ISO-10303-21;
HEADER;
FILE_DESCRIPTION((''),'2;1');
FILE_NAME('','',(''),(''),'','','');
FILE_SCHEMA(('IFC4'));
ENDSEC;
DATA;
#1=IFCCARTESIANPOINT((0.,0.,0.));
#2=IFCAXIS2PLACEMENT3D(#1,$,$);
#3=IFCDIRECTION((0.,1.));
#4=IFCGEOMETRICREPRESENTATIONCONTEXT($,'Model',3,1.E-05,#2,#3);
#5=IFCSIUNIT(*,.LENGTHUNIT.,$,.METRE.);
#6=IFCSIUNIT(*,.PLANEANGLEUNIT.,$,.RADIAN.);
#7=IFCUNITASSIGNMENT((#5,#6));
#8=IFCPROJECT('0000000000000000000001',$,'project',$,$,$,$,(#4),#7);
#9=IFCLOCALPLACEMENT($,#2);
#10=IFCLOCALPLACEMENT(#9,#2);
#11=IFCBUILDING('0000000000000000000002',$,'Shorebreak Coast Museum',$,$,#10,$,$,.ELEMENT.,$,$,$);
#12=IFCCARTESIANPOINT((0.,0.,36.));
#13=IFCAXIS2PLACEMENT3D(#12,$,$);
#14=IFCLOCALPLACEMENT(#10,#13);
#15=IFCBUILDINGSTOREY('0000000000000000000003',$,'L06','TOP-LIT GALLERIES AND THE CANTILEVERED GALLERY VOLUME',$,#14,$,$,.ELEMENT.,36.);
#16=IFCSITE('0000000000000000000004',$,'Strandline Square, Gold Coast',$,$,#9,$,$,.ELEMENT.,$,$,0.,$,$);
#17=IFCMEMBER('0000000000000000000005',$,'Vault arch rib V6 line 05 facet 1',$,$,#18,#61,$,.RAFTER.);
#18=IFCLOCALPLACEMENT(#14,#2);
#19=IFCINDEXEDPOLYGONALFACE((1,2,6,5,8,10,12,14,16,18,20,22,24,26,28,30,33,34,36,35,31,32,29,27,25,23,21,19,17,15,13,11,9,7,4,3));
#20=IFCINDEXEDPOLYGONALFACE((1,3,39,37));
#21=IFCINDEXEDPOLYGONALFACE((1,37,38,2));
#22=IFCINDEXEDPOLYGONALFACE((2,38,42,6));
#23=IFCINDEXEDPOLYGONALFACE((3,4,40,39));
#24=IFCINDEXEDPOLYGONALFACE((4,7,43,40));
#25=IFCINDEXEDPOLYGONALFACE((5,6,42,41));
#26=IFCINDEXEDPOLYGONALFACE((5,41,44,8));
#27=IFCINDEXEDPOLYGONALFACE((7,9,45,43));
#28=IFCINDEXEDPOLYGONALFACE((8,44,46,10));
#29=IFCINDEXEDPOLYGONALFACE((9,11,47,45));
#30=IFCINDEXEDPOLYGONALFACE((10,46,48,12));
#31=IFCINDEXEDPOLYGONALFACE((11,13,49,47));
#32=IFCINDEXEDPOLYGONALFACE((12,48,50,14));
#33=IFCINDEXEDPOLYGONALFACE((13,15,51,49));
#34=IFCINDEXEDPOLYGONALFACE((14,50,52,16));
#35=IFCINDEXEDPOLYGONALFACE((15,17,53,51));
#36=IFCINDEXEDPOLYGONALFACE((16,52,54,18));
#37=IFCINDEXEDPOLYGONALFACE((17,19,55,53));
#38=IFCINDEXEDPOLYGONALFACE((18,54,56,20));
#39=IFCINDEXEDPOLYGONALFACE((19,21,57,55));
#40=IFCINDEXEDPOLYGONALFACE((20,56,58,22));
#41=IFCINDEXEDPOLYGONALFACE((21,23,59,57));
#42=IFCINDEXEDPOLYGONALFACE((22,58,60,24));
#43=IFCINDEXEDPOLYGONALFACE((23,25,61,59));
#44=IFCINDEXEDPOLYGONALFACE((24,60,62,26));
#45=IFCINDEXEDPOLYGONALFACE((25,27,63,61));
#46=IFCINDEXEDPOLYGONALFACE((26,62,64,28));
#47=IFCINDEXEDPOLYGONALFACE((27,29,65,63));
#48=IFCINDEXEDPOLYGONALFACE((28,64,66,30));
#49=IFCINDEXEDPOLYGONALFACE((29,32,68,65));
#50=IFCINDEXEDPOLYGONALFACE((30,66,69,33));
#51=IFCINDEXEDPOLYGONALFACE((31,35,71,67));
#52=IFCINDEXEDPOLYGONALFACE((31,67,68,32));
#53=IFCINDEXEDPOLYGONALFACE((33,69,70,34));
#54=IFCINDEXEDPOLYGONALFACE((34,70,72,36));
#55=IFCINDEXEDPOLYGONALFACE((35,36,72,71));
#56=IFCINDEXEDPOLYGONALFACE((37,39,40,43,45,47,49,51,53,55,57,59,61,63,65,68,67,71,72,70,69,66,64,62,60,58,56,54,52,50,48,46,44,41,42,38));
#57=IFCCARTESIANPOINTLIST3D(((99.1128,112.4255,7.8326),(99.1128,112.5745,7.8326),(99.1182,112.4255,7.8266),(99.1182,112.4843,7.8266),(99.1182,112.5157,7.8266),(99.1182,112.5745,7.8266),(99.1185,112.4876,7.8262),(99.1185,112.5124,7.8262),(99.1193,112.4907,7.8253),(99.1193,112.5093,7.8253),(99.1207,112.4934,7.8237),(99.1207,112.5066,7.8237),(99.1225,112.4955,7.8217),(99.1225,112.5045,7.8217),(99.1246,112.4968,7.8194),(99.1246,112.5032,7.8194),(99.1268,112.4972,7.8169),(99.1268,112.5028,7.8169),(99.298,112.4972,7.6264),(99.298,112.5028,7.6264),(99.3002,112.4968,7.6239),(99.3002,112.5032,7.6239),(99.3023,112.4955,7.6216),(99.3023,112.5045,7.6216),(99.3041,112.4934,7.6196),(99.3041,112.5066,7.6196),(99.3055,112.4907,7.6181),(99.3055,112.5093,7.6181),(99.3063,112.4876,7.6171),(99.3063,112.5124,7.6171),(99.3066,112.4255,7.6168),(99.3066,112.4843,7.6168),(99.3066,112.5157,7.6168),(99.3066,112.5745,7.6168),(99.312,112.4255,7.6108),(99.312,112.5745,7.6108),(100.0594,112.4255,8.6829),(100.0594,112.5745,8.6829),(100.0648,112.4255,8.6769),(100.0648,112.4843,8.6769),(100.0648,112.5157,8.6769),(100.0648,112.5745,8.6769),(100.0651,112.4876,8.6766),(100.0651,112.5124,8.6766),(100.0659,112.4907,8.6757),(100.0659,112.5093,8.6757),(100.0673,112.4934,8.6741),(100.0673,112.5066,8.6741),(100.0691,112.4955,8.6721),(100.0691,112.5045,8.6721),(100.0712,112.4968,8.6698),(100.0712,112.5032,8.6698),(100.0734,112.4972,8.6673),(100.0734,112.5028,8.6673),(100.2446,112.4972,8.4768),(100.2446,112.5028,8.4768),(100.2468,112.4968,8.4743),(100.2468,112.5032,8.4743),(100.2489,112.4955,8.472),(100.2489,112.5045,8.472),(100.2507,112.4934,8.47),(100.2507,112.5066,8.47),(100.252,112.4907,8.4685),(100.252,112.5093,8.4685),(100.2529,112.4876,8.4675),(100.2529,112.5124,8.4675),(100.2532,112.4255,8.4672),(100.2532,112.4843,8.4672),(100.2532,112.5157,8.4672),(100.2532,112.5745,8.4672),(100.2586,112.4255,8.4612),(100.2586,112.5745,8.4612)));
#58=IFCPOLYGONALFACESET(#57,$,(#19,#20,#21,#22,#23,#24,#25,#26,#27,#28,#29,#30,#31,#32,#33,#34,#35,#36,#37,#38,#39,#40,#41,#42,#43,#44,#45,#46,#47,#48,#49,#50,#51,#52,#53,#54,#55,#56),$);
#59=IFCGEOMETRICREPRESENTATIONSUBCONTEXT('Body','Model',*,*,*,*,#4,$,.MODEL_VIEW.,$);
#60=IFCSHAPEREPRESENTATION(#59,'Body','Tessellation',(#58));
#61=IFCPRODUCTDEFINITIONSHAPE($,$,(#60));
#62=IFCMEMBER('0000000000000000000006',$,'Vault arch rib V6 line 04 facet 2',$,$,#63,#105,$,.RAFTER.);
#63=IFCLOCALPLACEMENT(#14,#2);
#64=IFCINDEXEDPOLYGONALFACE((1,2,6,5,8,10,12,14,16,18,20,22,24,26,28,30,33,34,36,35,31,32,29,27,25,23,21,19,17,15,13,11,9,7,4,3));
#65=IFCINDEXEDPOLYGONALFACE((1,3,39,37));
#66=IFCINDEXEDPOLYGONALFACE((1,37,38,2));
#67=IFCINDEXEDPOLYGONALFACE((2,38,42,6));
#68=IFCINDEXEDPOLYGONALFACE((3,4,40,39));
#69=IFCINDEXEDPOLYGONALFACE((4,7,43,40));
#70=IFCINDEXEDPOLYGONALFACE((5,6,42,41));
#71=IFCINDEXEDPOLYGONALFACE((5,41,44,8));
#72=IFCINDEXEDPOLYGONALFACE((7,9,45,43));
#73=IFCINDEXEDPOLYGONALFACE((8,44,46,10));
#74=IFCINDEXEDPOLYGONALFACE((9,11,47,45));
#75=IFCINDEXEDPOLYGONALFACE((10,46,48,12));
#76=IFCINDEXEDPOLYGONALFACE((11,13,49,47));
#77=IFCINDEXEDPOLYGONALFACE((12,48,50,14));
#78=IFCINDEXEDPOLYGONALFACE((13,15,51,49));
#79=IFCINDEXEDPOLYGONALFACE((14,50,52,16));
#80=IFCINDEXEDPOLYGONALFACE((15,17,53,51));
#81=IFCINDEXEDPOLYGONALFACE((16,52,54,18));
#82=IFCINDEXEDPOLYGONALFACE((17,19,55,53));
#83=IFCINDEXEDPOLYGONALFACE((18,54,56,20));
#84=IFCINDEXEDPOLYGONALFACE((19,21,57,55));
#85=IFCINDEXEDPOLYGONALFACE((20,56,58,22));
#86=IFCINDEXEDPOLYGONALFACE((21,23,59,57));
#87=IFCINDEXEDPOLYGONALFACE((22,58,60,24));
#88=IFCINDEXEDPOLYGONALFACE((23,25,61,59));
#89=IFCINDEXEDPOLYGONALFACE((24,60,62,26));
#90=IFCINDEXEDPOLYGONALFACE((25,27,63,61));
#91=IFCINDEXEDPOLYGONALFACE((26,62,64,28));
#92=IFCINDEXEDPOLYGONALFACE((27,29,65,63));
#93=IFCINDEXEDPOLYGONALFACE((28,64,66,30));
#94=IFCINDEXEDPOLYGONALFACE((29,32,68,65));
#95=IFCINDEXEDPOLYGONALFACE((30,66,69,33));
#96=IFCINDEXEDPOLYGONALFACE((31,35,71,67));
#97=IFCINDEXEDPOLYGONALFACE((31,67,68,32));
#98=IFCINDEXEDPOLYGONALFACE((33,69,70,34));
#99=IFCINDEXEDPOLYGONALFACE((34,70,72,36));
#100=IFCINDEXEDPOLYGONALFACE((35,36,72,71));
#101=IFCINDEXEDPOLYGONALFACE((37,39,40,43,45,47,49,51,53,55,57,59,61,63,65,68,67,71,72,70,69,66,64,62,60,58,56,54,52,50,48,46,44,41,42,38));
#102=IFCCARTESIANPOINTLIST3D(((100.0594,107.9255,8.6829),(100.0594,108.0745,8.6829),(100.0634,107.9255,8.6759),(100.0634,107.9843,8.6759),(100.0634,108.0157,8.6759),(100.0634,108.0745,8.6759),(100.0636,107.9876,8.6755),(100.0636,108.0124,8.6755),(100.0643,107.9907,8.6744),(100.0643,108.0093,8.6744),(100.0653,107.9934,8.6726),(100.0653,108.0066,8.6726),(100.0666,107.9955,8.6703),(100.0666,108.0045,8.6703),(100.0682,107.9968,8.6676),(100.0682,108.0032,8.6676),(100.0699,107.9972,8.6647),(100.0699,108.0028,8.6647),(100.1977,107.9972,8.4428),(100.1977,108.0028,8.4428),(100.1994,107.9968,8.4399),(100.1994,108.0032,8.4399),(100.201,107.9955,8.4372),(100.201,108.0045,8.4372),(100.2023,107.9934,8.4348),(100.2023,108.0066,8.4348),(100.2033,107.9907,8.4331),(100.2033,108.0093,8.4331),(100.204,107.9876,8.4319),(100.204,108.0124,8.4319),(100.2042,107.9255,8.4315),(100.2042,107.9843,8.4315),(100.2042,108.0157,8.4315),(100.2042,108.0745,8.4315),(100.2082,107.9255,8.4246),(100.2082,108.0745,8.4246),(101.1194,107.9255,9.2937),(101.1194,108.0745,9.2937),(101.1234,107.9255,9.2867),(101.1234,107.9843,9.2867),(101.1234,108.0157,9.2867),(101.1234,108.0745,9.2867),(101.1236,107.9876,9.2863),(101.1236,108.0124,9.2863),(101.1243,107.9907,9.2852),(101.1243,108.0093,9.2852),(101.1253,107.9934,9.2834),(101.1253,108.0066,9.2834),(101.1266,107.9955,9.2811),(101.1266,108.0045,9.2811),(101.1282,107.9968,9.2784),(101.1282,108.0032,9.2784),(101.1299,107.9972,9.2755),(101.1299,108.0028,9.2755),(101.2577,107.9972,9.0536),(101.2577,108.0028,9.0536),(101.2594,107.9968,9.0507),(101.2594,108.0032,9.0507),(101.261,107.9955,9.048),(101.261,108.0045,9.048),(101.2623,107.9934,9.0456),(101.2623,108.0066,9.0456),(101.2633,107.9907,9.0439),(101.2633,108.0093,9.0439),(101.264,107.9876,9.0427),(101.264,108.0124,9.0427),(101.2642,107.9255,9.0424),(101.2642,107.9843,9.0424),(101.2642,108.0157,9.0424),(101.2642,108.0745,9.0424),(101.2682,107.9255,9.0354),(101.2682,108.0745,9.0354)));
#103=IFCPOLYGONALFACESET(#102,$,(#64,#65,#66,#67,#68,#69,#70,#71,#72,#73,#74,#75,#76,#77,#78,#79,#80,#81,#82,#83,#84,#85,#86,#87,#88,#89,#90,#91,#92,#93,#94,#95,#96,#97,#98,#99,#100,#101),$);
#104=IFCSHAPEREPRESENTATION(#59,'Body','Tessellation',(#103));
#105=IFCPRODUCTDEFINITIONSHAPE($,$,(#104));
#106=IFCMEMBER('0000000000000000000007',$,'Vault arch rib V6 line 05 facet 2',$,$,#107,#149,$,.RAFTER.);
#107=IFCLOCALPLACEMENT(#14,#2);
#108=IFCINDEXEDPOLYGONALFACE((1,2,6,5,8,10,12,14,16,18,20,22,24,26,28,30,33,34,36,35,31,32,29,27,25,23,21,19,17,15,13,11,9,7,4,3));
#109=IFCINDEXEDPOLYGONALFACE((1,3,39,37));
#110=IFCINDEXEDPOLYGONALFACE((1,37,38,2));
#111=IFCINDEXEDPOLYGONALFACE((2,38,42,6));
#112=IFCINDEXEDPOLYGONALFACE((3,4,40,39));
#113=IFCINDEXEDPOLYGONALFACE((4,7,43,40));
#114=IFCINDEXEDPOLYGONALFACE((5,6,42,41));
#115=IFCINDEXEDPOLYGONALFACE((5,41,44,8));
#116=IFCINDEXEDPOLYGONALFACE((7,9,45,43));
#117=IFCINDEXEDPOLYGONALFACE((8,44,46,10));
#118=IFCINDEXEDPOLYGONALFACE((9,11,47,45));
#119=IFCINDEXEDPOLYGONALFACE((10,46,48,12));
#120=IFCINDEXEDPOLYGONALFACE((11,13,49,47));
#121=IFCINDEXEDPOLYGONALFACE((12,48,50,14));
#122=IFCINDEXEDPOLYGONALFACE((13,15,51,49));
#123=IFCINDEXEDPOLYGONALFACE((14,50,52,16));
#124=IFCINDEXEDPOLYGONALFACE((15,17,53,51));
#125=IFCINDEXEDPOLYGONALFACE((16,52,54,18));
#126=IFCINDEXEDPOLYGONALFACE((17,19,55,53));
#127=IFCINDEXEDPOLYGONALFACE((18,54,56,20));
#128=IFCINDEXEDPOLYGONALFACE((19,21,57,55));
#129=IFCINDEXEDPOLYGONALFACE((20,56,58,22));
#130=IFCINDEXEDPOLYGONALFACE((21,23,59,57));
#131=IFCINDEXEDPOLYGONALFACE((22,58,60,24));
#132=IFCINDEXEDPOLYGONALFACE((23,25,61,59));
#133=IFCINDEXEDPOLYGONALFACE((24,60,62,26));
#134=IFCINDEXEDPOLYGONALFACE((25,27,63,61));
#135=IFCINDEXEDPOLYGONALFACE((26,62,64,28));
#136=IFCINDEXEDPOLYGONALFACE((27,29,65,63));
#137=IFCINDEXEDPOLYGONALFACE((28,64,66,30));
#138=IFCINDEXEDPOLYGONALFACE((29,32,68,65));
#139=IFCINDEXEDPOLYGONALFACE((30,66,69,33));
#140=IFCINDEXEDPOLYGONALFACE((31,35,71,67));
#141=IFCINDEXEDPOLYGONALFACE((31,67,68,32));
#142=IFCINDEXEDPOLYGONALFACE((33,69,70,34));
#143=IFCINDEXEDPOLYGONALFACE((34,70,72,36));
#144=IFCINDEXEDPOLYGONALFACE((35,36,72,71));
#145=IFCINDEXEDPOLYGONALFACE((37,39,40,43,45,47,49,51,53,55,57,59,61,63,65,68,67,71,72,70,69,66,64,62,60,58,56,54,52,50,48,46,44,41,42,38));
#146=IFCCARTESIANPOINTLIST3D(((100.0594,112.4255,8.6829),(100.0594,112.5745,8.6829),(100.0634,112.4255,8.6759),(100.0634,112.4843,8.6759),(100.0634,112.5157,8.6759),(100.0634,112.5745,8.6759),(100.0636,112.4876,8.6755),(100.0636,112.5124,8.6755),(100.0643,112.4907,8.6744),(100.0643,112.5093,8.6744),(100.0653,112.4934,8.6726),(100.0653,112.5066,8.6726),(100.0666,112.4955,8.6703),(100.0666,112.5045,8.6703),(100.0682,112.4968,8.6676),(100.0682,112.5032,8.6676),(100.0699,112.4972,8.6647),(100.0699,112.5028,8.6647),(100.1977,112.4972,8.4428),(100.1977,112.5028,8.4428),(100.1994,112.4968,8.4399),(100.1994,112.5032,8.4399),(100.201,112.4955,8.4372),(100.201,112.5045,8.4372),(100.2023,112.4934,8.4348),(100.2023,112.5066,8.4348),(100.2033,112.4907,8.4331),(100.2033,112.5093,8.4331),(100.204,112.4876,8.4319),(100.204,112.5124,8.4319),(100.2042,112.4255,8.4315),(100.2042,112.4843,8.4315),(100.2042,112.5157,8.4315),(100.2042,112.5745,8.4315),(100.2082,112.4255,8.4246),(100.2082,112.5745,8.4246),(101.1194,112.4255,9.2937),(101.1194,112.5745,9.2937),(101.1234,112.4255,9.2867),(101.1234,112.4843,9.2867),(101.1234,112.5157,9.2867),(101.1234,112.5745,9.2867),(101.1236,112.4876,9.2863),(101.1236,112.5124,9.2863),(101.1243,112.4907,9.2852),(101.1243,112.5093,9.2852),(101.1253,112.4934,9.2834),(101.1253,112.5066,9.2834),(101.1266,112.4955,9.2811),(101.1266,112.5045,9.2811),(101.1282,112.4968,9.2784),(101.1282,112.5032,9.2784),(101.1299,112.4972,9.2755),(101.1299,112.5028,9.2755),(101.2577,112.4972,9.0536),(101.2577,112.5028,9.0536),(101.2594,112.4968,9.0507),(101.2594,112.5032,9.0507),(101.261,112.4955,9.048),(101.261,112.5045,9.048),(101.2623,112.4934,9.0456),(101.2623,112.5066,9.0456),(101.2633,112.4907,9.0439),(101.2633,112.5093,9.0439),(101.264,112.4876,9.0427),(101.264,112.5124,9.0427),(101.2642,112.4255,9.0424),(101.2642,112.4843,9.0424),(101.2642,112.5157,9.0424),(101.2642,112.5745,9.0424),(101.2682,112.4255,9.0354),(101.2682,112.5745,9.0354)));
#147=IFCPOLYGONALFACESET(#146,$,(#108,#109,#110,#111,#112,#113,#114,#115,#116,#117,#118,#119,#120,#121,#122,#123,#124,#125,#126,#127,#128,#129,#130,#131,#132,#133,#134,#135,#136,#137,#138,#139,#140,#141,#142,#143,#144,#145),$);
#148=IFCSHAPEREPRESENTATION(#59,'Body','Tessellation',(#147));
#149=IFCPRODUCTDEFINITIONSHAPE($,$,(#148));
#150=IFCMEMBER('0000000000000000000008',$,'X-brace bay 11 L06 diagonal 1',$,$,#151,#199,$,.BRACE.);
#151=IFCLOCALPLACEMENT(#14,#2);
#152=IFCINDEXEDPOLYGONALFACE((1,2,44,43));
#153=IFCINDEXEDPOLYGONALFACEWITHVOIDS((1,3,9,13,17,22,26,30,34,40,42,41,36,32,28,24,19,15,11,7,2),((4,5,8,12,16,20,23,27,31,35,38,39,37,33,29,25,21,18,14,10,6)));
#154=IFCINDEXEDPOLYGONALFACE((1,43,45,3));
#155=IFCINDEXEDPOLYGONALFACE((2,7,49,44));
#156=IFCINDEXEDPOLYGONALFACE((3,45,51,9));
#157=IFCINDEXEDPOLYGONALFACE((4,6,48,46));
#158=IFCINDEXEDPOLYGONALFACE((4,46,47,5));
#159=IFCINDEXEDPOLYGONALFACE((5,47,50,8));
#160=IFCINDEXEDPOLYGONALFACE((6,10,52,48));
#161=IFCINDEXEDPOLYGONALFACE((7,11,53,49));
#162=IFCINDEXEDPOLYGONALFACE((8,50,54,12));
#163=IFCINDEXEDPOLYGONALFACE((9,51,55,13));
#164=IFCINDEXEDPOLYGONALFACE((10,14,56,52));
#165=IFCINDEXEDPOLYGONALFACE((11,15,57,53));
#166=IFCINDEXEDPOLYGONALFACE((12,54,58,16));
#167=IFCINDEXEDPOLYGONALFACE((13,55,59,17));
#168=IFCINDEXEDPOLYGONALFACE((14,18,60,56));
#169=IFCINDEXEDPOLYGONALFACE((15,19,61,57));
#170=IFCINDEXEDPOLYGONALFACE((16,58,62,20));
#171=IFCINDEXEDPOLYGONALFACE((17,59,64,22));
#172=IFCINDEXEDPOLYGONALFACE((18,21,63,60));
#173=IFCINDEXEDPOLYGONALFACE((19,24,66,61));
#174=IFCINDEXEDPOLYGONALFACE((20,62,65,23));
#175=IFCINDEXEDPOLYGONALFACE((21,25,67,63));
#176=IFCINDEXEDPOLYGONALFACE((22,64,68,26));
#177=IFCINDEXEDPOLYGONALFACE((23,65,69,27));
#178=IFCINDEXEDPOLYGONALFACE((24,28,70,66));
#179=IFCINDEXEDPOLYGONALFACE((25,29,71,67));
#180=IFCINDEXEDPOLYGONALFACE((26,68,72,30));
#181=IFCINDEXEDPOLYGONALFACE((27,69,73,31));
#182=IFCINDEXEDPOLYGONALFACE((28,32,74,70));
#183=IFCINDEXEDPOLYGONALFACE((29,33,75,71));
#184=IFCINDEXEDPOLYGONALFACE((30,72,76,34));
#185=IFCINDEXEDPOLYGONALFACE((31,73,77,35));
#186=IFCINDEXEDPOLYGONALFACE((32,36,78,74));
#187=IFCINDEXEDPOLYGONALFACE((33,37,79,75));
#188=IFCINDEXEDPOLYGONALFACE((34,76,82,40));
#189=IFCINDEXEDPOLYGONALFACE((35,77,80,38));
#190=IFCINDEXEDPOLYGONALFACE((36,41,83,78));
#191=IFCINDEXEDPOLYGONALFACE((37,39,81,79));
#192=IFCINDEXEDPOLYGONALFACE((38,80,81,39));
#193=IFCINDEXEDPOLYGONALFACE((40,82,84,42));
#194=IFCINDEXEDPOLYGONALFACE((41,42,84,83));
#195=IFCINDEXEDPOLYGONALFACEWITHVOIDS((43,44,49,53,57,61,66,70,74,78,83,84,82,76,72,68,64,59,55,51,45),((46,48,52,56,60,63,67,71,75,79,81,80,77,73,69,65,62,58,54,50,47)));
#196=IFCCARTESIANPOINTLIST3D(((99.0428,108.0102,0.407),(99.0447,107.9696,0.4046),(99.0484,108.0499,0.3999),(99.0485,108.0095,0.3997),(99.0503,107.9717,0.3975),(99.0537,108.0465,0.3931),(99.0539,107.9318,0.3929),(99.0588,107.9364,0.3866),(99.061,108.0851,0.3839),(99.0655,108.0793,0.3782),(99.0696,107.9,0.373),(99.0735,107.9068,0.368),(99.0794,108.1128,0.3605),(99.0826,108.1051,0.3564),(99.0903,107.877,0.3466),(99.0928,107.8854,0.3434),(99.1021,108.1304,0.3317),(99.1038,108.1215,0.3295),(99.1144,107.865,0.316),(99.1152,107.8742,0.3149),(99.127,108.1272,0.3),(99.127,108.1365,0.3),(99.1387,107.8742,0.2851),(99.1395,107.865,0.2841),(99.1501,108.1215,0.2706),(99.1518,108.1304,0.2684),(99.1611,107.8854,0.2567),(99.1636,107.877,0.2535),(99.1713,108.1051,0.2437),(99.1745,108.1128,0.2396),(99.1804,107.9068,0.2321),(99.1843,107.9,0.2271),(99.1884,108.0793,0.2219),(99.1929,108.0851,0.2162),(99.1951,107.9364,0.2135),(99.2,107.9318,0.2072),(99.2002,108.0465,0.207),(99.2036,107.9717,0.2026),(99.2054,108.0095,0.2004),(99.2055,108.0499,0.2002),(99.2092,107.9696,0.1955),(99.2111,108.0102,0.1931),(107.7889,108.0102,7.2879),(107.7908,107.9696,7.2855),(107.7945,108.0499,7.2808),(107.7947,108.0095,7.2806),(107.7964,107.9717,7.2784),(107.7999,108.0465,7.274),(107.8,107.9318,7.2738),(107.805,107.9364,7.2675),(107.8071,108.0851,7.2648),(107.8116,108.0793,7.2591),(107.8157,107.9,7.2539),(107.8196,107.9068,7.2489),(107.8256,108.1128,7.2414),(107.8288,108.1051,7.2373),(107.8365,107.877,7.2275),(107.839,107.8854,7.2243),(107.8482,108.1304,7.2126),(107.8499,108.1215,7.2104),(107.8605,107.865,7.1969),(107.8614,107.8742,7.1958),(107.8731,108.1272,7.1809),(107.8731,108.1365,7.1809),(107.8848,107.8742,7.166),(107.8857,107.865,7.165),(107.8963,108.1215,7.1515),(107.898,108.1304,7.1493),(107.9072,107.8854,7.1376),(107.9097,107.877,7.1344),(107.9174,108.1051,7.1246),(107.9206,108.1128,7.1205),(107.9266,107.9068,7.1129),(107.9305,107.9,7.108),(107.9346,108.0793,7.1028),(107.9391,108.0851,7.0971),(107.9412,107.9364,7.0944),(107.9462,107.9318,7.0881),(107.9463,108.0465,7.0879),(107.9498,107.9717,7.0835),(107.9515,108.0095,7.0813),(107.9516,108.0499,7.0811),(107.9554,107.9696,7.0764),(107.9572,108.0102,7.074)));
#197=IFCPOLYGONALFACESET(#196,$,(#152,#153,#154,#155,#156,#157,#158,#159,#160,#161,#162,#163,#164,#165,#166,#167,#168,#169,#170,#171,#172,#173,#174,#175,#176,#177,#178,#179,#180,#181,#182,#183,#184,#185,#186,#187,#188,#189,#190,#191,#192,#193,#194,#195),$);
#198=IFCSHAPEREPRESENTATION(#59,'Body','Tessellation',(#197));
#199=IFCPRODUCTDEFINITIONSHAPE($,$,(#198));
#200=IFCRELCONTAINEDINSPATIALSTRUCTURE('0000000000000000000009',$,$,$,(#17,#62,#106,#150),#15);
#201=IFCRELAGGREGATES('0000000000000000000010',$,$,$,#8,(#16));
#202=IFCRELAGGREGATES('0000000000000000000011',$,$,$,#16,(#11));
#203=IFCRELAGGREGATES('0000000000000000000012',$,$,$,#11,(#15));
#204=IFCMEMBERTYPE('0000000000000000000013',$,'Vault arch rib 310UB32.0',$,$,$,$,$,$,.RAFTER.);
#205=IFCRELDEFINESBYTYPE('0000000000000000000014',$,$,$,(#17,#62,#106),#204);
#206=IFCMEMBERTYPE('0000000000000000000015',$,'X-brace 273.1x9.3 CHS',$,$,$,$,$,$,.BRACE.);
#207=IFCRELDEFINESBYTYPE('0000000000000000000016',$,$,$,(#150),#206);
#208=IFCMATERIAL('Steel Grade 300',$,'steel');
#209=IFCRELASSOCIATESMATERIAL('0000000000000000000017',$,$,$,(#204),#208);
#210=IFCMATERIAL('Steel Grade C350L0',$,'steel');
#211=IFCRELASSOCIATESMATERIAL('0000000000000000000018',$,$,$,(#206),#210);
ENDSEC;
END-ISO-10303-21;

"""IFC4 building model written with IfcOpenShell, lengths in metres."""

from ifc_helpers import new_model, si_unit, direction, frame, origin, origin_2d, place, context, subcontext, project, spatial, hollow_circle, i_section, extrude, material, material_profile, profile_set, type_object, element, save


model = new_model("IFC4")

# Units and contexts
model_context = context("Model", 3, precision=1e-05, world=origin(), true_north=direction((0.0, 1.0)))
body_context = subcontext(model_context, "Body", "Model", "MODEL_VIEW")
ifc_project = project(units=[si_unit("LENGTHUNIT", "METRE"), si_unit("PLANEANGLEUNIT", "RADIAN")], contexts=[model_context])

# Site, building, storey
site_placement = place(None, origin())
site = spatial("IfcSite", under=ifc_project, at=site_placement, Name="Strandline Square, Gold Coast", CompositionType="ELEMENT", RefElevation=0.0)
building_placement = place(site_placement, origin())
building = spatial("IfcBuilding", under=site, at=building_placement, Name="Shorebreak Coast Museum", CompositionType="ELEMENT")
storey_placement = place(building_placement, frame((0.0, 0.0, 36.0)))
storey = spatial("IfcBuildingStorey", under=building, at=storey_placement, Name="L06", Description="TOP-LIT GALLERIES AND THE CANTILEVERED GALLERY VOLUME", CompositionType="ELEMENT", Elevation=36.0)

# Members
ifc_material_1 = material(Name="Steel Grade 300", Category="steel")
ifc_material_profile_1 = material_profile(ifc_material_1, i_section(OverallWidth=0.1489, OverallDepth=0.2981, WebThickness=0.0056, FlangeThickness=0.0081, FilletRadius=0.0129, at=origin_2d()), Name="310UB32.0")
ifc_profile_set_1 = profile_set([ifc_material_profile_1], Name="Steel Grade 300")
member_type_1 = type_object("IfcMemberType", Name="Vault arch rib 310UB32.0", PredefinedType="RAFTER", material=ifc_profile_set_1)
for number, where, z_axis, x_axis, name in (
    (1, (99.2124, 112.5, 7.7217), (0.743895, 0.0, 0.668297), (0.0, 1.0, 0.0), "Vault arch rib V6 line 05 facet 1"),
):
    element("IfcMember", number, at=place(storey_placement, frame(where, z_axis=z_axis, x_axis=x_axis)), inside=storey, type_object=member_type_1, Name=name, PredefinedType="RAFTER", context=body_context, shape_type="SweptSolid", body=[
        extrude(i_section(OverallWidth=0.1489, OverallDepth=0.2981, WebThickness=0.0056, FlangeThickness=0.0081, FilletRadius=0.0129, at=origin_2d()), origin(), (0.0, 0.0, 1.0), 1.2725),
    ])
for number, where, z_axis, x_axis, name in (
    (2, (100.1338, 108.0, 8.5537), (0.866445, 0.0, 0.499273), (0.0, 1.0, 0.0), "Vault arch rib V6 line 04 facet 2"),
    (3, (100.1338, 112.5, 8.5537), (0.866445, 0.0, 0.499273), (0.0, 1.0, 0.0), "Vault arch rib V6 line 05 facet 2"),
):
    element("IfcMember", number, at=place(storey_placement, frame(where, z_axis=z_axis, x_axis=x_axis)), inside=storey, type_object=member_type_1, Name=name, PredefinedType="RAFTER", context=body_context, shape_type="SweptSolid", body=[
        extrude(i_section(OverallWidth=0.1489, OverallDepth=0.2981, WebThickness=0.0056, FlangeThickness=0.0081, FilletRadius=0.0129, at=origin_2d()), origin(), (0.0, 0.0, 1.0), 1.2234),
    ])
ifc_material_2 = material(Name="Steel Grade C350L0", Category="steel")
ifc_material_profile_2 = material_profile(ifc_material_2, hollow_circle(Radius=0.1365, WallThickness=0.0093, at=origin_2d()), Name="273.1x9.3 CHS")
ifc_profile_set_2 = profile_set([ifc_material_profile_2], Name="Steel Grade C350L0")
member_type_2 = type_object("IfcMemberType", Name="X-brace 273.1x9.3 CHS", PredefinedType="BRACE", material=ifc_profile_set_2)
member_1_placement = place(storey_placement, frame((99.127, 108.0, 0.3), z_axis=(0.785928, 0.0, 0.618318), x_axis=(0.0, 1.0, 0.0)))
element("IfcMember", 4, at=member_1_placement, inside=storey, type_object=member_type_2, Name="X-brace bay 11 L06 diagonal 1", PredefinedType="BRACE", context=body_context, shape_type="SweptSolid", body=[
    extrude(hollow_circle(Radius=0.1365, WallThickness=0.0093, at=origin_2d()), origin(), (0.0, 0.0, 1.0), 11.1284),
])

save(model, "model.ifc")
